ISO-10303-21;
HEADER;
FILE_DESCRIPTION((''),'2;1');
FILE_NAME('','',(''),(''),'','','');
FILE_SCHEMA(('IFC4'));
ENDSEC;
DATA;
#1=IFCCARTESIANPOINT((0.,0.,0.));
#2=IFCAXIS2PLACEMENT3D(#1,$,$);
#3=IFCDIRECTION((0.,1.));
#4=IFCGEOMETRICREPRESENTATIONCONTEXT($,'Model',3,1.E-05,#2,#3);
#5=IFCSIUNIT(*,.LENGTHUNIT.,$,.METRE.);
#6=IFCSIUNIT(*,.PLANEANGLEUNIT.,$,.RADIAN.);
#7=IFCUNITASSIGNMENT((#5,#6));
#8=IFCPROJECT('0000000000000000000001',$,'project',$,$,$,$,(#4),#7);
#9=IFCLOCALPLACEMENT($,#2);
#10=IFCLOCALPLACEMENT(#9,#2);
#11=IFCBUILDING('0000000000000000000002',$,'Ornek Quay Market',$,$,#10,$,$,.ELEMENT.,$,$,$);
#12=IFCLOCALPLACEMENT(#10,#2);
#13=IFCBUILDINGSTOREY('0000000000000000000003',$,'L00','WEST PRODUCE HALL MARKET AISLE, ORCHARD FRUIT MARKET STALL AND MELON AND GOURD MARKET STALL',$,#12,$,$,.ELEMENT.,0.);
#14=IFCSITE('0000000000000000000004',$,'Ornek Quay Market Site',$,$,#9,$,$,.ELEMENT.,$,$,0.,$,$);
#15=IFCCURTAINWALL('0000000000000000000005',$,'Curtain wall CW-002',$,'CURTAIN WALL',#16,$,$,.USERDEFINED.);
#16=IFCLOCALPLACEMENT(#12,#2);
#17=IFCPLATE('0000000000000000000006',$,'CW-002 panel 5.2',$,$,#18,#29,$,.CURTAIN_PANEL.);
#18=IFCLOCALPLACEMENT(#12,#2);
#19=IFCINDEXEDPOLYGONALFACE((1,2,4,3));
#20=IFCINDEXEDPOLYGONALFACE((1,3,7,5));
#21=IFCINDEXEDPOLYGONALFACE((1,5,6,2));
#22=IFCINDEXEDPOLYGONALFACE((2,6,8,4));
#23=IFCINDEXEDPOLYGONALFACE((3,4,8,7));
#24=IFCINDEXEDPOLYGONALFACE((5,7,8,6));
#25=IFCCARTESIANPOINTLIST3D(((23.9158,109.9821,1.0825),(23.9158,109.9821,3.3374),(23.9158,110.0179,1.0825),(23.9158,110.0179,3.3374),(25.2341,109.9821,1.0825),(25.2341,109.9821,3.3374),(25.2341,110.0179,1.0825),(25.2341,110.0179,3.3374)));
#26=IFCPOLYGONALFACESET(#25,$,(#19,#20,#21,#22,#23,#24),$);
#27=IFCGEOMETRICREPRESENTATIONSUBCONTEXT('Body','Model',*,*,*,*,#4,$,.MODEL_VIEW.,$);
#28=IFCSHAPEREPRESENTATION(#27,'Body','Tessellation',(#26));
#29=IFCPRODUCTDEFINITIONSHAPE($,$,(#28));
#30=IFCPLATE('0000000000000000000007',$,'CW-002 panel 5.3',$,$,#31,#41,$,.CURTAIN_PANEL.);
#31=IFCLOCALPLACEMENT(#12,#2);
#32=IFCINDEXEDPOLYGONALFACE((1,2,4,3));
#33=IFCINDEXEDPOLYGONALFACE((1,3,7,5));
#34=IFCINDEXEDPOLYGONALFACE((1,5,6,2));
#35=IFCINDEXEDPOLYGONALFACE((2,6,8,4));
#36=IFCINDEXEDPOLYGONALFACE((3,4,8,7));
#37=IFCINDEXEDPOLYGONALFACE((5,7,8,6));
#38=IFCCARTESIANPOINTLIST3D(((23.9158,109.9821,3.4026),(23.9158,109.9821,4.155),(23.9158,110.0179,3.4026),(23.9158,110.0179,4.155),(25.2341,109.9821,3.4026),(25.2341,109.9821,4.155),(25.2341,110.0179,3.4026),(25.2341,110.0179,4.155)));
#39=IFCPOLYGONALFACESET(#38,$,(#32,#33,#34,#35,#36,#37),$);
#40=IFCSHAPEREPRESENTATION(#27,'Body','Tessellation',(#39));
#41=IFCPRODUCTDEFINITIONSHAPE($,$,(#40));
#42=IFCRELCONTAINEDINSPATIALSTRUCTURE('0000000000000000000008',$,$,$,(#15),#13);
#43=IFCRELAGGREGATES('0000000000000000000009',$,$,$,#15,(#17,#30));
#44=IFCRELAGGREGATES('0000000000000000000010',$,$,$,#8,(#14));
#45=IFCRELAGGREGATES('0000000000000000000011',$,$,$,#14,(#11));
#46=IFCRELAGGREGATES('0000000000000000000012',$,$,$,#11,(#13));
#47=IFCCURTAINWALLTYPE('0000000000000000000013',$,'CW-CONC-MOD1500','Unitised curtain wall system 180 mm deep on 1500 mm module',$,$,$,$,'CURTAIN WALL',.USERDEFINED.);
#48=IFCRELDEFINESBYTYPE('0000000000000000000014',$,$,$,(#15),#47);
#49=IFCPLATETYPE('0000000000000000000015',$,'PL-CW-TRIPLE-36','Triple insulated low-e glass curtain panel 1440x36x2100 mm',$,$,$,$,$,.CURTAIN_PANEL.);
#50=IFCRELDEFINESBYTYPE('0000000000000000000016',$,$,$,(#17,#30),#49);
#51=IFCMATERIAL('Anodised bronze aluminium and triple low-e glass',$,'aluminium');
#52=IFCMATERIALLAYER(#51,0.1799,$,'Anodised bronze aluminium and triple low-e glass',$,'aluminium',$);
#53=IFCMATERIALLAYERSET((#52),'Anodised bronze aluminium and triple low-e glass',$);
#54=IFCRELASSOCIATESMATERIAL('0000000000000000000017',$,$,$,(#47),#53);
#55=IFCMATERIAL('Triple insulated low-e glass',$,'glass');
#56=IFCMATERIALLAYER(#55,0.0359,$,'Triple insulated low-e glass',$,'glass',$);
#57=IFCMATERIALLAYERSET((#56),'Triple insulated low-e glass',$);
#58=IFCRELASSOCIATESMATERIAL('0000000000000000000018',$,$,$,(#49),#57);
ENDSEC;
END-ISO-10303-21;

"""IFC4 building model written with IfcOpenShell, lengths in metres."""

from ifc_helpers import new_model, si_unit, direction, frame, origin, origin_2d, place, context, subcontext, project, spatial, rectangle, extrude, material, layer, layer_set, type_object, element, aggregate, save


model = new_model("IFC4")

# Units and contexts
model_context = context("Model", 3, precision=1e-05, world=origin(), true_north=direction((0.0, 1.0)))
body_context = subcontext(model_context, "Body", "Model", "MODEL_VIEW")
ifc_project = project(units=[si_unit("LENGTHUNIT", "METRE"), si_unit("PLANEANGLEUNIT", "RADIAN")], contexts=[model_context])

# Site, building, storey
site_placement = place(None, origin())
site = spatial("IfcSite", under=ifc_project, at=site_placement, Name="Ornek Quay Market Site", CompositionType="ELEMENT", RefElevation=0.0)
building_placement = place(site_placement, origin())
building = spatial("IfcBuilding", under=site, at=building_placement, Name="Ornek Quay Market", CompositionType="ELEMENT")
storey_placement = place(building_placement, origin())
storey = spatial("IfcBuildingStorey", under=building, at=storey_placement, Name="L00", Description="WEST PRODUCE HALL MARKET AISLE, ORCHARD FRUIT MARKET STALL AND MELON AND GOURD MARKET STALL", CompositionType="ELEMENT", Elevation=0.0)

# Curtain wall, plates
ifc_material_1 = material(Name="Anodised bronze aluminium and triple low-e glass", Category="aluminium")
ifc_layer_1 = layer(ifc_material_1, 0.1799, Name="Anodised bronze aluminium and triple low-e glass", Category="aluminium")
ifc_layer_set_1 = layer_set([ifc_layer_1], Name="Anodised bronze aluminium and triple low-e glass")
curtain_wall_type = type_object("IfcCurtainWallType", Name="CW-CONC-MOD1500", Description="Unitised curtain wall system 180 mm deep on 1500 mm module", ElementType="CURTAIN WALL", PredefinedType="USERDEFINED", material=ifc_layer_set_1)
curtain_wall_placement = place(storey_placement, origin())
curtain_wall = element("IfcCurtainWall", 1, at=curtain_wall_placement, inside=storey, type_object=curtain_wall_type, Name="Curtain wall CW-002", ObjectType="CURTAIN WALL", PredefinedType="USERDEFINED")
ifc_material_2 = material(Name="Triple insulated low-e glass", Category="glass")
ifc_layer_2 = layer(ifc_material_2, 0.0359, Name="Triple insulated low-e glass", Category="glass")
ifc_layer_set_2 = layer_set([ifc_layer_2], Name="Triple insulated low-e glass")
plate_type = type_object("IfcPlateType", Name="PL-CW-TRIPLE-36", Description="Triple insulated low-e glass curtain panel 1440x36x2100 mm", PredefinedType="CURTAIN_PANEL", material=ifc_layer_set_2)
plate_1_placement = place(storey_placement, frame((24.575, 110.0, 1.0825), z_axis=(0.0, 0.0, 1.0), x_axis=(1.0, 0.0, 0.0)))
plate_1 = element("IfcPlate", 2, at=plate_1_placement, type_object=plate_type, Name="CW-002 panel 5.2", PredefinedType="CURTAIN_PANEL", context=body_context, shape_type="SweptSolid", body=[
    extrude(rectangle(XDim=1.3184, YDim=0.0359, at=origin_2d()), origin(), (0.0, 0.0, 1.0), 2.2549),
])
plate_2_placement = place(storey_placement, frame((24.575, 110.0, 3.4026), z_axis=(0.0, 0.0, 1.0), x_axis=(1.0, 0.0, 0.0)))
plate_2 = element("IfcPlate", 3, at=plate_2_placement, type_object=plate_type, Name="CW-002 panel 5.3", PredefinedType="CURTAIN_PANEL", context=body_context, shape_type="SweptSolid", body=[
    extrude(rectangle(XDim=1.3184, YDim=0.0359, at=origin_2d()), origin(), (0.0, 0.0, 1.0), 0.7524),
])
aggregate(curtain_wall, [plate_1, plate_2])

save(model, "model.ifc")
